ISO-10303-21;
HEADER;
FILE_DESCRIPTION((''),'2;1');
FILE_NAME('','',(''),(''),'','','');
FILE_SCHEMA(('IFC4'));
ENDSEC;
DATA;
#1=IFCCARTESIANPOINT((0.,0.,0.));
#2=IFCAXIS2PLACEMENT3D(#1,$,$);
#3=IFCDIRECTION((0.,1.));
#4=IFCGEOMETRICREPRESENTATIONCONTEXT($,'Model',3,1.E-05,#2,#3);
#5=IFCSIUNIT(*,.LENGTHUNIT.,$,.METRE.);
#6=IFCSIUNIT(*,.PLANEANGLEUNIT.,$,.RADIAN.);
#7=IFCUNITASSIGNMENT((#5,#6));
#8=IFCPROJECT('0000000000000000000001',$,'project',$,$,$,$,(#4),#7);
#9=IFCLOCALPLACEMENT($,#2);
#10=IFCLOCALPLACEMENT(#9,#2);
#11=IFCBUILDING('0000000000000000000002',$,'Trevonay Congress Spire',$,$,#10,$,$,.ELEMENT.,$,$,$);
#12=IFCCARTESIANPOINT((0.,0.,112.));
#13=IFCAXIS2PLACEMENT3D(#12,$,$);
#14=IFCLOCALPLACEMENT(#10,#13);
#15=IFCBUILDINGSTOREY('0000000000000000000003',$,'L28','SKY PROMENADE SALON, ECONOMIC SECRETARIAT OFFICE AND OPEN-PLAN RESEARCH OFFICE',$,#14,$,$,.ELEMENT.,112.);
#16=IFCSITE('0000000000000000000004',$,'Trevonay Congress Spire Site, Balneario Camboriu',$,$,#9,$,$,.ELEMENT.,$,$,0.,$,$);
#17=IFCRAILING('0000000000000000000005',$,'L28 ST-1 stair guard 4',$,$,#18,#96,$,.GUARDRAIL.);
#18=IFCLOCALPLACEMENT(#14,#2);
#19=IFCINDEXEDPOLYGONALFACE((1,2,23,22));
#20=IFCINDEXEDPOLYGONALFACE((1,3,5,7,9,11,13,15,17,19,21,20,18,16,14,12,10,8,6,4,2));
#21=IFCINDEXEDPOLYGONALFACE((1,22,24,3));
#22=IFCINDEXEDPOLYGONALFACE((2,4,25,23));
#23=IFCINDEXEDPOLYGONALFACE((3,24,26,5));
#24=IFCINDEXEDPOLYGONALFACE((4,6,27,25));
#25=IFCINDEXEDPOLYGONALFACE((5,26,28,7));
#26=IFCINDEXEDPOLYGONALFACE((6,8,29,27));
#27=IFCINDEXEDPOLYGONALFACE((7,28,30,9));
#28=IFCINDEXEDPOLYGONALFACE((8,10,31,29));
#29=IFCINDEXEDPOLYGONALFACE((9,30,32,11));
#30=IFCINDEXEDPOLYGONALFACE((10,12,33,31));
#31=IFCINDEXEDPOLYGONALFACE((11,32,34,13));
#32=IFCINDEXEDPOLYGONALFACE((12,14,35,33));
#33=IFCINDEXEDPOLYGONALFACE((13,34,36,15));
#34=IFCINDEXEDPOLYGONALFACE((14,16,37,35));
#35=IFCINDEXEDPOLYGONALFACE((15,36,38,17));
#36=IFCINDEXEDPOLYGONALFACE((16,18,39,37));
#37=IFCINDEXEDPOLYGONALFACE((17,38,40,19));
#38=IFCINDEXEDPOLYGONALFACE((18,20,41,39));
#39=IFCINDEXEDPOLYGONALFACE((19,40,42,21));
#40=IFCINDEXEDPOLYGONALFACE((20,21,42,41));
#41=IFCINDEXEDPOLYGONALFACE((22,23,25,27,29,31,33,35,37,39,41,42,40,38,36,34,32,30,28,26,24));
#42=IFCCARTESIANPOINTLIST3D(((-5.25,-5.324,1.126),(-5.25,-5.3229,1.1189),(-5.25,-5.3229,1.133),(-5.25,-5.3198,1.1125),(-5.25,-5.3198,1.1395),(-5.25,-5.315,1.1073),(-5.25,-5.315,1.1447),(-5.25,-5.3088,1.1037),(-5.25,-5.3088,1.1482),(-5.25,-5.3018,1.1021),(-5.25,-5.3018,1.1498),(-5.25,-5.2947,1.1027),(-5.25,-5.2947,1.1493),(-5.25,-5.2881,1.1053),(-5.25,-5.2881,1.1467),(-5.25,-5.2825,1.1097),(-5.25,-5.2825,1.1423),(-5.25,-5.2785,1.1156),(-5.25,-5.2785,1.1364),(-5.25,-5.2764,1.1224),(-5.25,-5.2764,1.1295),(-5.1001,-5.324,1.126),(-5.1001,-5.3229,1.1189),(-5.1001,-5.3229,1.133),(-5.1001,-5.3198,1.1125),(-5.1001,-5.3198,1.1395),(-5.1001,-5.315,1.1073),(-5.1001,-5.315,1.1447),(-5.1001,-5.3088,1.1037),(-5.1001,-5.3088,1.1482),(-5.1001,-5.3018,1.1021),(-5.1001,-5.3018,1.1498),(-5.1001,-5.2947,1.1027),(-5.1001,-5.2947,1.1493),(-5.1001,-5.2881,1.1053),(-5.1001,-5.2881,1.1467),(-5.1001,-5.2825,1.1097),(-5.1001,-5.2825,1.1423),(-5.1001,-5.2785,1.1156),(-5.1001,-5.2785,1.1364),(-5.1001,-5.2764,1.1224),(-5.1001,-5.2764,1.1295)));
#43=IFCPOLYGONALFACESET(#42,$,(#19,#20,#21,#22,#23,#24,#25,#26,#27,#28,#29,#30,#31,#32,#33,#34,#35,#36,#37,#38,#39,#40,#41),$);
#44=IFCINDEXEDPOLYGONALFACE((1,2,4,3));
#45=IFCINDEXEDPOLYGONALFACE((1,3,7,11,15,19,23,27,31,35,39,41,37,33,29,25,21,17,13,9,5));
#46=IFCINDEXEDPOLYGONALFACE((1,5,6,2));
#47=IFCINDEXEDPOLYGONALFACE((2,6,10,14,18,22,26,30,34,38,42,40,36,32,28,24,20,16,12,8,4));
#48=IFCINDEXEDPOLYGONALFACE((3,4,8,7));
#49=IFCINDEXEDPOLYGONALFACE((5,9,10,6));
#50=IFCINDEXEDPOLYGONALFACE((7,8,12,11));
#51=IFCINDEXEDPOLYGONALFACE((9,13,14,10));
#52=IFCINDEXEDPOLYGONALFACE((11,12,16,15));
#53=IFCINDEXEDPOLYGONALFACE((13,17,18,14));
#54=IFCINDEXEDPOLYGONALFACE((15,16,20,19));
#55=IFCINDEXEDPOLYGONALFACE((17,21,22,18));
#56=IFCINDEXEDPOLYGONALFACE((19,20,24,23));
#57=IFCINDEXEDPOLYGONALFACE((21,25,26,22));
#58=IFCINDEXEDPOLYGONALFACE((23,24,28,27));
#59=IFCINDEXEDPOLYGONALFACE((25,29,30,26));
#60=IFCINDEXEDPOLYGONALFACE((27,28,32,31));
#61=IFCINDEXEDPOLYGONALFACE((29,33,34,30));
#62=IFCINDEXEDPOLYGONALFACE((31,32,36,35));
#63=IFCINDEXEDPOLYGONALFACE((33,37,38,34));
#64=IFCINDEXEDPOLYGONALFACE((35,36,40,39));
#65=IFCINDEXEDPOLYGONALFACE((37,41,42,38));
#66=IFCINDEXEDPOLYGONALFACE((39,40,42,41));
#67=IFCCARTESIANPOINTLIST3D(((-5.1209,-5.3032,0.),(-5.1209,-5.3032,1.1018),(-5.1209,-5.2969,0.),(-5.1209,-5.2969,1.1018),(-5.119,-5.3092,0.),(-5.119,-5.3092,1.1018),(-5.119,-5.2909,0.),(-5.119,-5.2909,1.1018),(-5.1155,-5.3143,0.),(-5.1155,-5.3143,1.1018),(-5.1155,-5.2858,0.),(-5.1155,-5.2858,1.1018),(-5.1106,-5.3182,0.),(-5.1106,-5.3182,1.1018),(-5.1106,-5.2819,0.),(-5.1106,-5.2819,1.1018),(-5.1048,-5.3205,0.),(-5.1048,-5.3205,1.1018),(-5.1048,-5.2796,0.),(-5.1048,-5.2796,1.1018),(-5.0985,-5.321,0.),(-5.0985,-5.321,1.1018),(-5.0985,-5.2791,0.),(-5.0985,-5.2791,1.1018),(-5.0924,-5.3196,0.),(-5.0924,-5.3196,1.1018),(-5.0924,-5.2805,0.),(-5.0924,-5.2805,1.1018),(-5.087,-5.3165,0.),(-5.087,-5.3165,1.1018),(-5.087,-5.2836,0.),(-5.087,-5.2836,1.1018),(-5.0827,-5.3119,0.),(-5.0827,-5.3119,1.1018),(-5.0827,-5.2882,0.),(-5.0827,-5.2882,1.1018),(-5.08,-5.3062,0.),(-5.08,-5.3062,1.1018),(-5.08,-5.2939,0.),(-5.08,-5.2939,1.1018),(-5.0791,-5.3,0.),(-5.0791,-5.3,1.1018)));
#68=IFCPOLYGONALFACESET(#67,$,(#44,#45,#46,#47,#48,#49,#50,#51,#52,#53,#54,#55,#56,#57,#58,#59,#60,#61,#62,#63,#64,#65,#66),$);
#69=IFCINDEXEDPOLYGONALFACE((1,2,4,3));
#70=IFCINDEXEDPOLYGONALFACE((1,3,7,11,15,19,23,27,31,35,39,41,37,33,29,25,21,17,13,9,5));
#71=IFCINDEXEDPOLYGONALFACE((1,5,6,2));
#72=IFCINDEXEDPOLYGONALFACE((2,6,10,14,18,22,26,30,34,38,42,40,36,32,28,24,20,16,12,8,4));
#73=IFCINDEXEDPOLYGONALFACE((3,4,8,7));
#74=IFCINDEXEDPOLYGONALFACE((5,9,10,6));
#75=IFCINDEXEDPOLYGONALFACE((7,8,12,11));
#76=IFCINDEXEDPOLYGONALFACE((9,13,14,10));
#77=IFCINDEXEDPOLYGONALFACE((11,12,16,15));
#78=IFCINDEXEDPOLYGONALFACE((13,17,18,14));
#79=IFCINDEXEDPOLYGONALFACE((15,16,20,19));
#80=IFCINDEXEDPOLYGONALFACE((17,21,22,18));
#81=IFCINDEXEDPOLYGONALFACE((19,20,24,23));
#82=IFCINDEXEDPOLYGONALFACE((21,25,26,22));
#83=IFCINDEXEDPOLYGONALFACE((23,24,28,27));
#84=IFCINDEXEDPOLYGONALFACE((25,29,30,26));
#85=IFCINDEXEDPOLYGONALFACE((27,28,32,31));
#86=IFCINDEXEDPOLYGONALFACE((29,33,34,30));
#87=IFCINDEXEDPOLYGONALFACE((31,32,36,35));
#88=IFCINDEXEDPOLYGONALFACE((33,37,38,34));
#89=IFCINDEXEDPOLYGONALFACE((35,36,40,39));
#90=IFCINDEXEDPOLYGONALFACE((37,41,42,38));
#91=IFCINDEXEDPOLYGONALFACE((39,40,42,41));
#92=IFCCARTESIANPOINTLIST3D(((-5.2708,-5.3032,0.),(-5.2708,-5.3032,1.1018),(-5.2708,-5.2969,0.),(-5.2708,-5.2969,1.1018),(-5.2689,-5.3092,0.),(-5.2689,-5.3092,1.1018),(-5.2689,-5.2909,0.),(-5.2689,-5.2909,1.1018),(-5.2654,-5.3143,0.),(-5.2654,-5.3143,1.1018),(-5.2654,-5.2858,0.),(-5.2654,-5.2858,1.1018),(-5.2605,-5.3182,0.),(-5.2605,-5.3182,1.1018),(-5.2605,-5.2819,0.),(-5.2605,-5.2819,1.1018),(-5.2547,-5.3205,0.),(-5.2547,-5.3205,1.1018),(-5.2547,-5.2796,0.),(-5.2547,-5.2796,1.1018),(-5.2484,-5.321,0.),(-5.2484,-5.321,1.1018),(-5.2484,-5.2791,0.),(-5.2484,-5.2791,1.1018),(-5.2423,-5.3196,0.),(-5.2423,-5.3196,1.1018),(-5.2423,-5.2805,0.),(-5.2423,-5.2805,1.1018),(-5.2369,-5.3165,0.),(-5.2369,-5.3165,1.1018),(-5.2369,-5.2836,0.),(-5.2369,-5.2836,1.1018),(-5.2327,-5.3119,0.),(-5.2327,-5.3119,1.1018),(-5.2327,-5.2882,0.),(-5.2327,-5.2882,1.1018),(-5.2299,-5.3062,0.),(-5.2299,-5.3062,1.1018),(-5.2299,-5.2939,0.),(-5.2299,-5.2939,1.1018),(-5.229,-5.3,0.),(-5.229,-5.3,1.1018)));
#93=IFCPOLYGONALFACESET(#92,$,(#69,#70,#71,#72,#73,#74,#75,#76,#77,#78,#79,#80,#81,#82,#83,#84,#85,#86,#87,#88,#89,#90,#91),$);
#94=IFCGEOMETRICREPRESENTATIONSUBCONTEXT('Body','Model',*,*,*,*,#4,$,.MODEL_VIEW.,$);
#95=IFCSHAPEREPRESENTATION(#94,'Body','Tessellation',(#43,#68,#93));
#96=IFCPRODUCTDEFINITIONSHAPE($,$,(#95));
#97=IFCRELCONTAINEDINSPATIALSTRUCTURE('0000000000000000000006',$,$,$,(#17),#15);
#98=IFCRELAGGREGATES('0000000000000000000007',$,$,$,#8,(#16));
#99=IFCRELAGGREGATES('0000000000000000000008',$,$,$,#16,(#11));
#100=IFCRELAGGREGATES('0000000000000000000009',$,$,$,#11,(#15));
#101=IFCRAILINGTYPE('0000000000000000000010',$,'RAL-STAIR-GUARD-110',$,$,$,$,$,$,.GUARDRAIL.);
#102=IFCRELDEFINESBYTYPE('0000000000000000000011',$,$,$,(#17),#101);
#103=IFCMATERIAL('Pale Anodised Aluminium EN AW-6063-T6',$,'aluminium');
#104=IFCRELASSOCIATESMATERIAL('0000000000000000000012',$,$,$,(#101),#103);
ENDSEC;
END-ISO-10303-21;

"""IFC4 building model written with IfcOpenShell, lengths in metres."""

from ifc_helpers import new_model, si_unit, direction, frame, origin, origin_2d, place, context, subcontext, project, spatial, circle, extrude, material, type_object, element, save


model = new_model("IFC4")

# Units and contexts
model_context = context("Model", 3, precision=1e-05, world=origin(), true_north=direction((0.0, 1.0)))
body_context = subcontext(model_context, "Body", "Model", "MODEL_VIEW")
ifc_project = project(units=[si_unit("LENGTHUNIT", "METRE"), si_unit("PLANEANGLEUNIT", "RADIAN")], contexts=[model_context])

# Site, building, storey
site_placement = place(None, origin())
site = spatial("IfcSite", under=ifc_project, at=site_placement, Name="Trevonay Congress Spire Site, Balneario Camboriu", CompositionType="ELEMENT", RefElevation=0.0)
building_placement = place(site_placement, origin())
building = spatial("IfcBuilding", under=site, at=building_placement, Name="Trevonay Congress Spire", CompositionType="ELEMENT")
storey_placement = place(building_placement, frame((0.0, 0.0, 112.0)))
storey = spatial("IfcBuildingStorey", under=building, at=storey_placement, Name="L28", Description="SKY PROMENADE SALON, ECONOMIC SECRETARIAT OFFICE AND OPEN-PLAN RESEARCH OFFICE", CompositionType="ELEMENT", Elevation=112.0)

# Shared definitions
ifc_material_1 = material(Name="Pale Anodised Aluminium EN AW-6063-T6", Category="aluminium")

# Railing
railing_type_1 = type_object("IfcRailingType", Name="RAL-STAIR-GUARD-110", PredefinedType="GUARDRAIL", material=ifc_material_1)
railing_1_placement = place(storey_placement, frame((-5.1001, -5.3, 0.0)))
element("IfcRailing", 1, at=railing_1_placement, inside=storey, type_object=railing_type_1, Name="L28 ST-1 stair guard 4", PredefinedType="GUARDRAIL", context=body_context, shape_type="SweptSolid", body=[
    extrude(circle(Radius=0.0239, at=origin_2d()), frame((0.0, 0.0, 1.126), z_axis=(-1.0, 0.0, 0.0), x_axis=(0.0, -1.0, 0.0)), (0.0, 0.0, 1.0), 0.1499),
    extrude(circle(Radius=0.021, at=origin_2d()), origin(), (0.0, 0.0, 1.0), 1.1018),
    extrude(circle(Radius=0.021, at=origin_2d()), frame((-0.1499, 0.0, 0.0)), (0.0, 0.0, 1.0), 1.1018),
])

save(model, "model.ifc")
